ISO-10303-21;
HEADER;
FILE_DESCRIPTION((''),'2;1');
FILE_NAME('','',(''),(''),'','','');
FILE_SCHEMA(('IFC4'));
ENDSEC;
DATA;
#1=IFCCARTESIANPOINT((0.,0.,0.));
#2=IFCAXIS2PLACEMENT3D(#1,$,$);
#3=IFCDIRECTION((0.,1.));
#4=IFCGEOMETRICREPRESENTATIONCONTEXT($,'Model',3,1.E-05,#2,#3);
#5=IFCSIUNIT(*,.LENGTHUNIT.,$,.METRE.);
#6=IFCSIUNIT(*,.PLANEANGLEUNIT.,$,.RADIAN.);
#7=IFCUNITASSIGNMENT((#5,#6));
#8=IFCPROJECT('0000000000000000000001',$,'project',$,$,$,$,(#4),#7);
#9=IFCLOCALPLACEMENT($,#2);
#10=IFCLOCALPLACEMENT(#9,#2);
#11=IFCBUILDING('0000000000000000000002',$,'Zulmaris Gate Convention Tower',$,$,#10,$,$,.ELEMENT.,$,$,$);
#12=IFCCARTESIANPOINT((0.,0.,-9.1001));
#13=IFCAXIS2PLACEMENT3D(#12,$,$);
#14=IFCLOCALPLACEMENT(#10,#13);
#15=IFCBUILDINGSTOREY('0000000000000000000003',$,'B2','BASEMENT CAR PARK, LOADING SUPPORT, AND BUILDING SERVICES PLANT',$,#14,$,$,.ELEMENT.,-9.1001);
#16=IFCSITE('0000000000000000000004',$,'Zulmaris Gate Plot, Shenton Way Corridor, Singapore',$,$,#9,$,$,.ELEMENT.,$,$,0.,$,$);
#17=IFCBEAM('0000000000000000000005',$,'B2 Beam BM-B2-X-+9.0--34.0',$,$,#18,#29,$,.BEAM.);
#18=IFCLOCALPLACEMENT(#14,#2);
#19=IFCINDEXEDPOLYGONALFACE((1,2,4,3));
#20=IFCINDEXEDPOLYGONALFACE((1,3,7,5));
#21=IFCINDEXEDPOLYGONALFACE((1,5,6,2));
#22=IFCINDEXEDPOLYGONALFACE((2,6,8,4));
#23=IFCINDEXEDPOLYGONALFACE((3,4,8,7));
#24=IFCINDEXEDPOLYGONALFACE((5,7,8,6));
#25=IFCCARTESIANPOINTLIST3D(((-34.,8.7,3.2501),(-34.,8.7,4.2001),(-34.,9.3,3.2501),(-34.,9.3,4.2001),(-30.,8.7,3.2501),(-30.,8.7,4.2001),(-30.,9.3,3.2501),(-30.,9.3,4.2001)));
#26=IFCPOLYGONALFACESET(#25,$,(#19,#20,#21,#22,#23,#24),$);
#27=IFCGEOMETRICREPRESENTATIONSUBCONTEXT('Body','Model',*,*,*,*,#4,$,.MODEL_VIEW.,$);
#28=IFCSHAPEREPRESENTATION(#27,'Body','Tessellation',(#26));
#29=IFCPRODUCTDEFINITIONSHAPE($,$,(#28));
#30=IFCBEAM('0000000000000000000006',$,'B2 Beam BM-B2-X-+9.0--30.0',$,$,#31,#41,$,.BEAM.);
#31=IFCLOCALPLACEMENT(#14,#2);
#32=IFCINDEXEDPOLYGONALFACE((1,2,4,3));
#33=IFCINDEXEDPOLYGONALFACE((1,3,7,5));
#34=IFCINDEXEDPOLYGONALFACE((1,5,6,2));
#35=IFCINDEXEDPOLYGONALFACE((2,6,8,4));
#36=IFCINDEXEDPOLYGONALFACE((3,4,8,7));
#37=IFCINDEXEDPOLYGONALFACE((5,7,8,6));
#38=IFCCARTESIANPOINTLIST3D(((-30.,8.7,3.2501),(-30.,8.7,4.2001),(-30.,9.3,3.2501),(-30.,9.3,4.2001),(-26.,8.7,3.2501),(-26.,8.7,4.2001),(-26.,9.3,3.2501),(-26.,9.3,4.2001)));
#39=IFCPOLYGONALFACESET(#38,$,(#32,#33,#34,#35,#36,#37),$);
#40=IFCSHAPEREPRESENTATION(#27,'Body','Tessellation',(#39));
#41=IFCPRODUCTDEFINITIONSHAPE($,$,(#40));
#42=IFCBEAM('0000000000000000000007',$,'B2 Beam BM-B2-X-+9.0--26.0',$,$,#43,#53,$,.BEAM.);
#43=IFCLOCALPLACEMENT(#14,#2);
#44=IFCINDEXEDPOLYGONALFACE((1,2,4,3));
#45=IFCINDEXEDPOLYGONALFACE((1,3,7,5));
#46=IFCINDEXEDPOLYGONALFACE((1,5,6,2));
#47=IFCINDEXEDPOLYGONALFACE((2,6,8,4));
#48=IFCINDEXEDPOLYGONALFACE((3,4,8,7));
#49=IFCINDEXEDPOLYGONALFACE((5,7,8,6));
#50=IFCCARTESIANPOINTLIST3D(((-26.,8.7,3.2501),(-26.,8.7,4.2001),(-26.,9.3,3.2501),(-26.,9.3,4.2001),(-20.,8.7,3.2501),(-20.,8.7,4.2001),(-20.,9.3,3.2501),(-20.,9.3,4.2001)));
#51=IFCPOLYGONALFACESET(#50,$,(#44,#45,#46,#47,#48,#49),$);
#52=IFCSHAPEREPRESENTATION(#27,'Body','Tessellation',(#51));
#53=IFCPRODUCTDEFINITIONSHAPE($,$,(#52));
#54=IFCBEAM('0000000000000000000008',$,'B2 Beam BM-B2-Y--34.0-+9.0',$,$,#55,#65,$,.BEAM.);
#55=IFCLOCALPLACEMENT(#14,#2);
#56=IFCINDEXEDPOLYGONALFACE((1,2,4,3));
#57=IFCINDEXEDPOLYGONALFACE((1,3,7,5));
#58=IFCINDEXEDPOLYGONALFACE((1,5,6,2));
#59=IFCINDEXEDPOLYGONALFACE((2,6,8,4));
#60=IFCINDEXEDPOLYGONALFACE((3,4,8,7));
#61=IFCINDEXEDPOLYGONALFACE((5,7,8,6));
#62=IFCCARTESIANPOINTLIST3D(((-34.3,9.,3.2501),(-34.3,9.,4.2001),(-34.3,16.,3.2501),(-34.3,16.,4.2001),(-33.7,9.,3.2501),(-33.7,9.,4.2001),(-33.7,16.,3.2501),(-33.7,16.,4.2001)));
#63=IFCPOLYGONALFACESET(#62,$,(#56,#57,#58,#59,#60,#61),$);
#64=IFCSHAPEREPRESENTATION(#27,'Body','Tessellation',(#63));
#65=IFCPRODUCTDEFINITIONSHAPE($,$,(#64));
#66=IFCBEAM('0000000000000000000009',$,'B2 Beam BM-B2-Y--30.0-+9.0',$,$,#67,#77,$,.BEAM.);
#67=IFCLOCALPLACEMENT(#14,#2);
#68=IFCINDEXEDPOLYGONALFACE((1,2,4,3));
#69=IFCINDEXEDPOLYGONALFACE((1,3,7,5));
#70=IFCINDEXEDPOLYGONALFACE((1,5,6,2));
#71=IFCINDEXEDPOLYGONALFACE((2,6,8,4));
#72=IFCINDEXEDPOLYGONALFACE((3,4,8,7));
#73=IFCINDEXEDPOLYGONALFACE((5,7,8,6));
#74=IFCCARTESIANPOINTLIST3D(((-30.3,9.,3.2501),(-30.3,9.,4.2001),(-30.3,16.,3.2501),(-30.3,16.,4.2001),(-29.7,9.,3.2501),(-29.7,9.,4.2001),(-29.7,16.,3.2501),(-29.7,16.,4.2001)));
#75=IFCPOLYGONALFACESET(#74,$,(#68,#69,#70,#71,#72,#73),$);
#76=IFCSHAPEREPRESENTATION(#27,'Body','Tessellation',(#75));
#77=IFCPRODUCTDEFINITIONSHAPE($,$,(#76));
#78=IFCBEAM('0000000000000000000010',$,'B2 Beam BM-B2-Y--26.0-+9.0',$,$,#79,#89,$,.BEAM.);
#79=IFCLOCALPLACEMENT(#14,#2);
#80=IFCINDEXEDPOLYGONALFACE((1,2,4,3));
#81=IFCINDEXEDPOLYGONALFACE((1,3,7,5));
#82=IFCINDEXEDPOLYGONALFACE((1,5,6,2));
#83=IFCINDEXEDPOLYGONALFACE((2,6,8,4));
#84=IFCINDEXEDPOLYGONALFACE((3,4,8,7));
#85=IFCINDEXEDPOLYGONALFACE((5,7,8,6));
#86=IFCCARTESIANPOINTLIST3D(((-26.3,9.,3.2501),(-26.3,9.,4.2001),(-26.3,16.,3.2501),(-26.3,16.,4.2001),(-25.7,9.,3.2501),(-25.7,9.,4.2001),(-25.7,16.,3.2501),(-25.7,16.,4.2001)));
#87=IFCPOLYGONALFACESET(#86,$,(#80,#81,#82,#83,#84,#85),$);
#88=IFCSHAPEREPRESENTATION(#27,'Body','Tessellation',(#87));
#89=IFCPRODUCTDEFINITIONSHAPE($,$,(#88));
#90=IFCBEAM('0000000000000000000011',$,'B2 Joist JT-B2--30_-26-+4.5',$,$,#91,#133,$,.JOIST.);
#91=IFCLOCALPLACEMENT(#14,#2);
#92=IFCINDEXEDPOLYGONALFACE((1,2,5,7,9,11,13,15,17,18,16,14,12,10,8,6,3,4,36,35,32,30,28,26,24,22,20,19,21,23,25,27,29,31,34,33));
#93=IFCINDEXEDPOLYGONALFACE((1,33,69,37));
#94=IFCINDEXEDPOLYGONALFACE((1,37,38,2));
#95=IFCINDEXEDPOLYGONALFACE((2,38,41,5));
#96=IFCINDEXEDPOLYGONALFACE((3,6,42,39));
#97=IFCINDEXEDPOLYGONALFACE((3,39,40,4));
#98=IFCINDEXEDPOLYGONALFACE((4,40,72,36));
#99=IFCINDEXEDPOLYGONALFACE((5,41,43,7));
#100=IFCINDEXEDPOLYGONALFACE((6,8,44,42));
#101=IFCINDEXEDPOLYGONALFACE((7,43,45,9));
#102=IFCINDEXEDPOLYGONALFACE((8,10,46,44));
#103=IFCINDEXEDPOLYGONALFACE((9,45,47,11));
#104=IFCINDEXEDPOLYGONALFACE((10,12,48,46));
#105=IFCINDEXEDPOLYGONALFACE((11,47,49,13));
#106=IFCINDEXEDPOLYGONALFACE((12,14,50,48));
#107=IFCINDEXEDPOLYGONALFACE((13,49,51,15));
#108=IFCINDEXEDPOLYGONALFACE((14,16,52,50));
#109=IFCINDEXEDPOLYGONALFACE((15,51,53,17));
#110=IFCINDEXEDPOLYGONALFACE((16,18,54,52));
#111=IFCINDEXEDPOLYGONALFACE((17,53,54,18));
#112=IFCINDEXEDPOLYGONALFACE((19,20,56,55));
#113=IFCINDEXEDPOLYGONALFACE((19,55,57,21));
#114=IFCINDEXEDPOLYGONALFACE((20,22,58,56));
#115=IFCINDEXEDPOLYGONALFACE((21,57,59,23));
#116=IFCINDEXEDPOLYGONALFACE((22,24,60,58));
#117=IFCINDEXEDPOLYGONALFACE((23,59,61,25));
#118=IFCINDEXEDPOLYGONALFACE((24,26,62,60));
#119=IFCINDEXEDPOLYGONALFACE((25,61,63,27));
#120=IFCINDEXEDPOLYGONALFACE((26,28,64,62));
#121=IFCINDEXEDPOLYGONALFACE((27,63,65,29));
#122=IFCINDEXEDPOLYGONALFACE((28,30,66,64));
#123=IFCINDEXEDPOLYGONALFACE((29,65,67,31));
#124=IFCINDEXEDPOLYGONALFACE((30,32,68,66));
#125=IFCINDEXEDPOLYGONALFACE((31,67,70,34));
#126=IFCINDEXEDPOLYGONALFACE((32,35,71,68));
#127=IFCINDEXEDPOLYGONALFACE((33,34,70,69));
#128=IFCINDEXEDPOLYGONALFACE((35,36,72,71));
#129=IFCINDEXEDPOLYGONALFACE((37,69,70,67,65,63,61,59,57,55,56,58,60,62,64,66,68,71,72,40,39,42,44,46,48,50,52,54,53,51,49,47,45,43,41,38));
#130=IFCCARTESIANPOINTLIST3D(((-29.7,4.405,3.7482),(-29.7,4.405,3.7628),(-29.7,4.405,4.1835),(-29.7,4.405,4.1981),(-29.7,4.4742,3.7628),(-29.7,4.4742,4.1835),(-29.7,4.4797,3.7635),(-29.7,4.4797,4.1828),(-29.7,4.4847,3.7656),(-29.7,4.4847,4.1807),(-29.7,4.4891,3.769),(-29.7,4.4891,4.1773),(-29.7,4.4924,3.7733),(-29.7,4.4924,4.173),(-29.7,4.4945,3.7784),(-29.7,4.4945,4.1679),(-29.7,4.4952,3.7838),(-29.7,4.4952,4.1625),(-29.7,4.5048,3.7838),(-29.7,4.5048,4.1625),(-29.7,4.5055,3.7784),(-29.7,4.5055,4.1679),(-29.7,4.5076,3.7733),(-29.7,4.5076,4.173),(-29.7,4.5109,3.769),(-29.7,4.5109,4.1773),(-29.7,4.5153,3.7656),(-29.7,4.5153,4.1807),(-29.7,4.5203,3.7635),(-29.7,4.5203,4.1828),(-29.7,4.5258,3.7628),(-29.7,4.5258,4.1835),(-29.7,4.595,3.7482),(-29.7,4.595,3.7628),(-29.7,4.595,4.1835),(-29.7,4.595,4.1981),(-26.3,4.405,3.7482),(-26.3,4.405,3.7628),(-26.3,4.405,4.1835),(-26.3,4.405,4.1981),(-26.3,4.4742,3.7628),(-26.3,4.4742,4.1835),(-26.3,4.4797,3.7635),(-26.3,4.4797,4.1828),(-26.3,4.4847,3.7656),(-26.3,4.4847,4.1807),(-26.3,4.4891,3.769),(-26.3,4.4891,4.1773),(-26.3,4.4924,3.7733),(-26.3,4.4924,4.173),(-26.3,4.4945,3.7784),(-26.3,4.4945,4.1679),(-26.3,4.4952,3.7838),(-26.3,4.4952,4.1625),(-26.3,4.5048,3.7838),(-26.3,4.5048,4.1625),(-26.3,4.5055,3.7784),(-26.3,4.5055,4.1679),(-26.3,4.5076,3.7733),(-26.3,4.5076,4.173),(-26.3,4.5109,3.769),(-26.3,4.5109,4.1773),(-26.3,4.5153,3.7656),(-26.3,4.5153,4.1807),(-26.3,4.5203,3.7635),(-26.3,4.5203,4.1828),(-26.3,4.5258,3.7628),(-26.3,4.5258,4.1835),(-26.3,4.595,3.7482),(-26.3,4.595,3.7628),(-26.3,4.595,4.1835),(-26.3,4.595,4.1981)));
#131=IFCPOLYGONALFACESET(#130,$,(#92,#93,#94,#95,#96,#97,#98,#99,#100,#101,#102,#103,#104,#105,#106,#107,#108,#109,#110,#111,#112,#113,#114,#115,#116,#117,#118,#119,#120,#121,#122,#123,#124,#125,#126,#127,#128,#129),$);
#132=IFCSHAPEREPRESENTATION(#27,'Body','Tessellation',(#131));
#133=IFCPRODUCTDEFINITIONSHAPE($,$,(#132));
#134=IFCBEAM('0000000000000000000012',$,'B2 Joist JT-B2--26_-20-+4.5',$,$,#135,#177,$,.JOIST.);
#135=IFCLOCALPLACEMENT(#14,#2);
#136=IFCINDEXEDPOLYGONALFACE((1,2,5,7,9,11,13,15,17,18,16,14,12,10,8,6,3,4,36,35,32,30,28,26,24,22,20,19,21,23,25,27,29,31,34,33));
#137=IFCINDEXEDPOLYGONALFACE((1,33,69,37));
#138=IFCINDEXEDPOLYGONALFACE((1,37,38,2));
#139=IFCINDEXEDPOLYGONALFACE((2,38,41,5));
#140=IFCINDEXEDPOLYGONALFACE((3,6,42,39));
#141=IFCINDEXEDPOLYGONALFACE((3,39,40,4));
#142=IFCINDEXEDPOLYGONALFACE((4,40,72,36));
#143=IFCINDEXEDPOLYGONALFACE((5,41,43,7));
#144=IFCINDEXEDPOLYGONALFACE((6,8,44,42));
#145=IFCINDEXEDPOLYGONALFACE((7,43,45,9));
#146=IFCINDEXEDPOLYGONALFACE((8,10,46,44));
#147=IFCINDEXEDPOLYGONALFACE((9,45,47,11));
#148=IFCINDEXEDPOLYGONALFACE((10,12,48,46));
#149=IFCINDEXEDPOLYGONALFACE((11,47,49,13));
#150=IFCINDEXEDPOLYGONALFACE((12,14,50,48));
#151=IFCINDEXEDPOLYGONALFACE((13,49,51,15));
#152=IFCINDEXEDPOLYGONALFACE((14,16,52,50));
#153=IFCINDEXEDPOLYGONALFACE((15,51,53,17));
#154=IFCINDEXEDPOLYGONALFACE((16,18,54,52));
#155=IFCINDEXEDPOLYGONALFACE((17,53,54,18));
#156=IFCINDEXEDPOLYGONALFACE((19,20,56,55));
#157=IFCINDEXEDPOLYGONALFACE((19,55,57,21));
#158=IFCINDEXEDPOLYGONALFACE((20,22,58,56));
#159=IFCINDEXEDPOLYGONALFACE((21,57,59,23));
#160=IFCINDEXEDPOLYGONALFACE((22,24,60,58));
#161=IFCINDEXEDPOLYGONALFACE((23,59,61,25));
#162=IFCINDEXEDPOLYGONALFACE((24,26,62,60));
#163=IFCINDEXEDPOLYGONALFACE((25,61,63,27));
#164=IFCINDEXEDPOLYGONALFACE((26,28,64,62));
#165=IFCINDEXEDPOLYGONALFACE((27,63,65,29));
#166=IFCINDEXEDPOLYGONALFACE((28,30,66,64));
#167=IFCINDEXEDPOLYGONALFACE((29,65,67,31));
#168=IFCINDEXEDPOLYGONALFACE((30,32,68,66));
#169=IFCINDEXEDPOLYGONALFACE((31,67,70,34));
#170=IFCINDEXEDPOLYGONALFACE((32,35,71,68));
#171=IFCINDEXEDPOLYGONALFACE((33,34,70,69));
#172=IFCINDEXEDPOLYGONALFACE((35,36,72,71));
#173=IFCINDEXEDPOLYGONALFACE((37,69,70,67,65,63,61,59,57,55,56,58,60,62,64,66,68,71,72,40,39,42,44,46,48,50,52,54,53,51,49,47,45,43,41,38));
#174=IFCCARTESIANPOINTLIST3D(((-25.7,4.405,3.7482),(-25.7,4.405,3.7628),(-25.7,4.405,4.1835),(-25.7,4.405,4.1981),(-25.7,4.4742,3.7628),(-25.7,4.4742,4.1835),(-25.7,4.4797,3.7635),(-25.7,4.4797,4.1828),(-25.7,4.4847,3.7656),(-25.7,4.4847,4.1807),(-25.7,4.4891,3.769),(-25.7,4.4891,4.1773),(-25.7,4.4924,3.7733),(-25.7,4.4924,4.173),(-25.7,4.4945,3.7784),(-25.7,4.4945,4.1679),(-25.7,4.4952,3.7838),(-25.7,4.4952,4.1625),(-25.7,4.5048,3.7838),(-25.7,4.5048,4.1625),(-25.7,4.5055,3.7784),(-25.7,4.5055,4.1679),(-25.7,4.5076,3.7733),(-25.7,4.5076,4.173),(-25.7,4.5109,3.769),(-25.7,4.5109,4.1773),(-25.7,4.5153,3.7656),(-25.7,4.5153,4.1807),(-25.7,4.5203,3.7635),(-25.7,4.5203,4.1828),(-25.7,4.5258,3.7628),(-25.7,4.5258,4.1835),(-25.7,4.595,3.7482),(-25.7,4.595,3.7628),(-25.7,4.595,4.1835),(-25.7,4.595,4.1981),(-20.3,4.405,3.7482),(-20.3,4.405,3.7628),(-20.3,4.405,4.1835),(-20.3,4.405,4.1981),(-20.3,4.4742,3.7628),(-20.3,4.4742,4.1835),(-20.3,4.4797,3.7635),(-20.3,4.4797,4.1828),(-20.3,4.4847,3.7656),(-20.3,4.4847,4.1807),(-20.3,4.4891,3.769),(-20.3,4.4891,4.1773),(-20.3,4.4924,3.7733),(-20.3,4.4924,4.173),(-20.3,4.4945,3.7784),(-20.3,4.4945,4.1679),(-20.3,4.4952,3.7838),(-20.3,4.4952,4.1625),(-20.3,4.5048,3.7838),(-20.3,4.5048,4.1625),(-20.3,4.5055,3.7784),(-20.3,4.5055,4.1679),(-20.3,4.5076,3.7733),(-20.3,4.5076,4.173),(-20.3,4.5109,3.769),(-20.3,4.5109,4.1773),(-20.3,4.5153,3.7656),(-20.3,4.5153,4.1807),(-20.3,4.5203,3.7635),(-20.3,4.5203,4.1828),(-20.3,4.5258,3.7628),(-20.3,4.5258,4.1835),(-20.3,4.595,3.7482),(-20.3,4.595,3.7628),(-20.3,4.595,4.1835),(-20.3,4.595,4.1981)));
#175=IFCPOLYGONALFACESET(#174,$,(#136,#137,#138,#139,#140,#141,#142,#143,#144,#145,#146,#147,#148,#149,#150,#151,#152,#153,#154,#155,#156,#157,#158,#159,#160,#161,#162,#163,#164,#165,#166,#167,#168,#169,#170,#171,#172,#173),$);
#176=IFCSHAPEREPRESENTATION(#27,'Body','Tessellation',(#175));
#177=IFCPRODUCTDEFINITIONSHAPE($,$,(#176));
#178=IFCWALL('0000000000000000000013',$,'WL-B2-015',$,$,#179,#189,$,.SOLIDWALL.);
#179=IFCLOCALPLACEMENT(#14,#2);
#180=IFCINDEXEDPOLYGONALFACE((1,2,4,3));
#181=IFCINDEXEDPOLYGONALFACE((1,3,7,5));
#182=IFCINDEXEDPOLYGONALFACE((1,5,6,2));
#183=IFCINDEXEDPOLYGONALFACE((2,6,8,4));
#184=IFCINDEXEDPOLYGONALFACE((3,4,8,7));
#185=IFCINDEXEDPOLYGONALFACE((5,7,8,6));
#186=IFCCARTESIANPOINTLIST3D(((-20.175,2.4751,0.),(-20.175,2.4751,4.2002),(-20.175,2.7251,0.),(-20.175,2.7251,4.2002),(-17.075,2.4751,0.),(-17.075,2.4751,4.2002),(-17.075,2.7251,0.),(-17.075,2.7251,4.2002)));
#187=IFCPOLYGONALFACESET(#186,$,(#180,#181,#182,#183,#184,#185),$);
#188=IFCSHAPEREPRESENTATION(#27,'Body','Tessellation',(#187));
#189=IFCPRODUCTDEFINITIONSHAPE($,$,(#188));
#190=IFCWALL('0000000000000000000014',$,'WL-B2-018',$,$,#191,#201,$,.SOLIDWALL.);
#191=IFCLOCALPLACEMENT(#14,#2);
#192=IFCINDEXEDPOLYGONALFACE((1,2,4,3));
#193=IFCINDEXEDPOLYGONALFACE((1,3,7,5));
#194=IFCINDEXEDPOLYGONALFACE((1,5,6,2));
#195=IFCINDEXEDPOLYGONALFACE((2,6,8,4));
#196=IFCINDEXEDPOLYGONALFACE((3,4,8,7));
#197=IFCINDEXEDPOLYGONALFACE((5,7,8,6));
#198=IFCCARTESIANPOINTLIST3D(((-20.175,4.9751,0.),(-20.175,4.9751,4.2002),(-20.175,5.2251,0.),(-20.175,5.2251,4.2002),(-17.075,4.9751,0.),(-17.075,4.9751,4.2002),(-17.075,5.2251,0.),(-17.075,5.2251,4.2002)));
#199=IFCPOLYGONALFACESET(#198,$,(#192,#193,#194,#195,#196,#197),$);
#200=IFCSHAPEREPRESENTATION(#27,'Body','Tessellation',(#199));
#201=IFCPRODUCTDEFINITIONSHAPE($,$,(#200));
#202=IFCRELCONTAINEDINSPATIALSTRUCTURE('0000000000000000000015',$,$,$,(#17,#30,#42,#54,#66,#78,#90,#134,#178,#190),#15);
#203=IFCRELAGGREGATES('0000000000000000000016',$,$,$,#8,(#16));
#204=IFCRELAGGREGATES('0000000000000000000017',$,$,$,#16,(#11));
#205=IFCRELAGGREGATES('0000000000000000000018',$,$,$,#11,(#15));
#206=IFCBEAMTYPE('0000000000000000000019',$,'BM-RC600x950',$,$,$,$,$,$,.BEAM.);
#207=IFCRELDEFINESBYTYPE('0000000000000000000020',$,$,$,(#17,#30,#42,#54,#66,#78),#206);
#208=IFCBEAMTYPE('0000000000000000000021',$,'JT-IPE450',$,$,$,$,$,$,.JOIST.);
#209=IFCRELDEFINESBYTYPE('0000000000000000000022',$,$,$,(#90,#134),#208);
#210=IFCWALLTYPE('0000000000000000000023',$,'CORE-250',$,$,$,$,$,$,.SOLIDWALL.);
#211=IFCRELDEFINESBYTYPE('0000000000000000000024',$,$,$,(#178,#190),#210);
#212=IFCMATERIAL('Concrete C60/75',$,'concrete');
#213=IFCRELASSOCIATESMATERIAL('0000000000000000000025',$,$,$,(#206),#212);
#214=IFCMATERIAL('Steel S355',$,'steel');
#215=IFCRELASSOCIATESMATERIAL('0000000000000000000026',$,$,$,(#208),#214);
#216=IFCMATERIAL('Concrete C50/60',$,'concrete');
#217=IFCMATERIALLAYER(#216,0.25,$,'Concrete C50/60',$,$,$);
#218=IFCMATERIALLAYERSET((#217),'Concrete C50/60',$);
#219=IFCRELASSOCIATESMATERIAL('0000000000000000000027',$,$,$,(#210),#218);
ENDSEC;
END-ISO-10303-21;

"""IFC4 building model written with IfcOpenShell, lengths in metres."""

from ifc_helpers import new_model, si_unit, direction, frame, frame_2d, origin, origin_2d, place, context, subcontext, project, spatial, rectangle, i_section, extrude, material, layer, layer_set, material_profile, profile_set, type_object, element, save


model = new_model("IFC4")

# Units and contexts
model_context = context("Model", 3, precision=1e-05, world=origin(), true_north=direction((0.0, 1.0)))
body_context = subcontext(model_context, "Body", "Model", "MODEL_VIEW")
ifc_project = project(units=[si_unit("LENGTHUNIT", "METRE"), si_unit("PLANEANGLEUNIT", "RADIAN")], contexts=[model_context])

# Site, building, storey
site_placement = place(None, origin())
site = spatial("IfcSite", under=ifc_project, at=site_placement, Name="Zulmaris Gate Plot, Shenton Way Corridor, Singapore", CompositionType="ELEMENT", RefElevation=0.0)
building_placement = place(site_placement, origin())
building = spatial("IfcBuilding", under=site, at=building_placement, Name="Zulmaris Gate Convention Tower", CompositionType="ELEMENT")
storey_placement = place(building_placement, frame((0.0, 0.0, -9.1001)))
storey = spatial("IfcBuildingStorey", under=building, at=storey_placement, Name="B2", Description="BASEMENT CAR PARK, LOADING SUPPORT, AND BUILDING SERVICES PLANT", CompositionType="ELEMENT", Elevation=-9.1001)

# Shared definitions
ifc_material_1 = material(Name="Concrete C50/60", Category="concrete")

# Beams
ifc_material_2 = material(Name="Concrete C60/75", Category="concrete")
ifc_material_profile_1 = material_profile(ifc_material_2, rectangle(XDim=0.6001, YDim=0.95, at=origin_2d()), Name="RC BEAM 600x950")
ifc_profile_set_1 = profile_set([ifc_material_profile_1], Name="Concrete C60/75")
beam_type_1 = type_object("IfcBeamType", Name="BM-RC600x950", PredefinedType="BEAM", material=ifc_profile_set_1)
for number, where, z_axis, x_axis, name in (
    (1, (-34.0, 9.0, 3.7251), (1.0, 0.0, 0.0), (0.0, 1.0, 0.0), "B2 Beam BM-B2-X-+9.0--34.0"),
    (2, (-30.0, 9.0, 3.7251), (1.0, 0.0, 0.0), (0.0, 1.0, 0.0), "B2 Beam BM-B2-X-+9.0--30.0"),
):
    element("IfcBeam", number, at=place(storey_placement, frame(where, z_axis=z_axis, x_axis=x_axis)), inside=storey, type_object=beam_type_1, Name=name, PredefinedType="BEAM", context=body_context, shape_type="SweptSolid", body=[
        extrude(rectangle(XDim=0.6001, YDim=0.95, at=origin_2d()), origin(), (0.0, 0.0, 1.0), 4.0),
    ])
beam_1_placement = place(storey_placement, frame((-26.0, 9.0, 3.7251), z_axis=(1.0, 0.0, 0.0), x_axis=(0.0, 1.0, 0.0)))
element("IfcBeam", 3, at=beam_1_placement, inside=storey, type_object=beam_type_1, Name="B2 Beam BM-B2-X-+9.0--26.0", PredefinedType="BEAM", context=body_context, shape_type="SweptSolid", body=[
    extrude(rectangle(XDim=0.6001, YDim=0.95, at=origin_2d()), origin(), (0.0, 0.0, 1.0), 6.0),
])
for number, where, z_axis, x_axis, name in (
    (4, (-34.0, 9.0, 3.7251), (0.0, 1.0, 0.0), (-1.0, 0.0, 0.0), "B2 Beam BM-B2-Y--34.0-+9.0"),
    (5, (-30.0, 9.0, 3.7251), (0.0, 1.0, 0.0), (-1.0, 0.0, 0.0), "B2 Beam BM-B2-Y--30.0-+9.0"),
    (6, (-26.0, 9.0, 3.7251), (0.0, 1.0, 0.0), (-1.0, 0.0, 0.0), "B2 Beam BM-B2-Y--26.0-+9.0"),
):
    element("IfcBeam", number, at=place(storey_placement, frame(where, z_axis=z_axis, x_axis=x_axis)), inside=storey, type_object=beam_type_1, Name=name, PredefinedType="BEAM", context=body_context, shape_type="SweptSolid", body=[
        extrude(rectangle(XDim=0.6001, YDim=0.95, at=origin_2d()), origin(), (0.0, 0.0, 1.0), 7.0),
    ])
ifc_material_3 = material(Name="Steel S355", Category="steel")
ifc_material_profile_2 = material_profile(ifc_material_3, i_section(OverallWidth=0.1899, OverallDepth=0.45, WebThickness=0.0095, FlangeThickness=0.0146, FilletRadius=0.021, at=origin_2d()), Name="IPE 450")
ifc_profile_set_2 = profile_set([ifc_material_profile_2], Name="Steel S355")
beam_type_2 = type_object("IfcBeamType", Name="JT-IPE450", PredefinedType="JOIST", material=ifc_profile_set_2)
beam_2_placement = place(storey_placement, frame((-29.7, 4.5, 3.9731), z_axis=(1.0, 0.0, 0.0), x_axis=(0.0, 1.0, 0.0)))
element("IfcBeam", 7, at=beam_2_placement, inside=storey, type_object=beam_type_2, Name="B2 Joist JT-B2--30_-26-+4.5", PredefinedType="JOIST", context=body_context, shape_type="SweptSolid", body=[
    extrude(i_section(OverallWidth=0.1899, OverallDepth=0.45, WebThickness=0.0095, FlangeThickness=0.0146, FilletRadius=0.021, at=origin_2d()), origin(), (0.0, 0.0, 1.0), 3.3999),
])
beam_3_placement = place(storey_placement, frame((-25.7, 4.5, 3.9731), z_axis=(1.0, 0.0, 0.0), x_axis=(0.0, 1.0, 0.0)))
element("IfcBeam", 8, at=beam_3_placement, inside=storey, type_object=beam_type_2, Name="B2 Joist JT-B2--26_-20-+4.5", PredefinedType="JOIST", context=body_context, shape_type="SweptSolid", body=[
    extrude(i_section(OverallWidth=0.1899, OverallDepth=0.45, WebThickness=0.0095, FlangeThickness=0.0146, FilletRadius=0.021, at=origin_2d()), origin(), (0.0, 0.0, 1.0), 5.3999),
])

# Walls
ifc_layer_1 = layer(ifc_material_1, 0.25, Name="Concrete C50/60")
ifc_layer_set_1 = layer_set([ifc_layer_1], Name="Concrete C50/60")
wall_type_1 = type_object("IfcWallType", Name="CORE-250", PredefinedType="SOLIDWALL", material=ifc_layer_set_1)
for number, where, z_axis, x_axis, name in (
    (9, (-20.175, 2.6001, 0.0), (0.0, 0.0, 1.0), (1.0, 0.0, 0.0), "WL-B2-015"),
    (10, (-20.175, 5.1001, 0.0), (0.0, 0.0, 1.0), (1.0, 0.0, 0.0), "WL-B2-018"),
):
    element("IfcWall", number, at=place(storey_placement, frame(where, z_axis=z_axis, x_axis=x_axis)), inside=storey, type_object=wall_type_1, Name=name, PredefinedType="SOLIDWALL", context=body_context, shape_type="SweptSolid", body=[
        extrude(rectangle(XDim=3.1001, YDim=0.25, at=frame_2d((1.55, 0.0))), origin(), (0.0, 0.0, 1.0), 4.2002),
    ])

save(model, "model.ifc")
